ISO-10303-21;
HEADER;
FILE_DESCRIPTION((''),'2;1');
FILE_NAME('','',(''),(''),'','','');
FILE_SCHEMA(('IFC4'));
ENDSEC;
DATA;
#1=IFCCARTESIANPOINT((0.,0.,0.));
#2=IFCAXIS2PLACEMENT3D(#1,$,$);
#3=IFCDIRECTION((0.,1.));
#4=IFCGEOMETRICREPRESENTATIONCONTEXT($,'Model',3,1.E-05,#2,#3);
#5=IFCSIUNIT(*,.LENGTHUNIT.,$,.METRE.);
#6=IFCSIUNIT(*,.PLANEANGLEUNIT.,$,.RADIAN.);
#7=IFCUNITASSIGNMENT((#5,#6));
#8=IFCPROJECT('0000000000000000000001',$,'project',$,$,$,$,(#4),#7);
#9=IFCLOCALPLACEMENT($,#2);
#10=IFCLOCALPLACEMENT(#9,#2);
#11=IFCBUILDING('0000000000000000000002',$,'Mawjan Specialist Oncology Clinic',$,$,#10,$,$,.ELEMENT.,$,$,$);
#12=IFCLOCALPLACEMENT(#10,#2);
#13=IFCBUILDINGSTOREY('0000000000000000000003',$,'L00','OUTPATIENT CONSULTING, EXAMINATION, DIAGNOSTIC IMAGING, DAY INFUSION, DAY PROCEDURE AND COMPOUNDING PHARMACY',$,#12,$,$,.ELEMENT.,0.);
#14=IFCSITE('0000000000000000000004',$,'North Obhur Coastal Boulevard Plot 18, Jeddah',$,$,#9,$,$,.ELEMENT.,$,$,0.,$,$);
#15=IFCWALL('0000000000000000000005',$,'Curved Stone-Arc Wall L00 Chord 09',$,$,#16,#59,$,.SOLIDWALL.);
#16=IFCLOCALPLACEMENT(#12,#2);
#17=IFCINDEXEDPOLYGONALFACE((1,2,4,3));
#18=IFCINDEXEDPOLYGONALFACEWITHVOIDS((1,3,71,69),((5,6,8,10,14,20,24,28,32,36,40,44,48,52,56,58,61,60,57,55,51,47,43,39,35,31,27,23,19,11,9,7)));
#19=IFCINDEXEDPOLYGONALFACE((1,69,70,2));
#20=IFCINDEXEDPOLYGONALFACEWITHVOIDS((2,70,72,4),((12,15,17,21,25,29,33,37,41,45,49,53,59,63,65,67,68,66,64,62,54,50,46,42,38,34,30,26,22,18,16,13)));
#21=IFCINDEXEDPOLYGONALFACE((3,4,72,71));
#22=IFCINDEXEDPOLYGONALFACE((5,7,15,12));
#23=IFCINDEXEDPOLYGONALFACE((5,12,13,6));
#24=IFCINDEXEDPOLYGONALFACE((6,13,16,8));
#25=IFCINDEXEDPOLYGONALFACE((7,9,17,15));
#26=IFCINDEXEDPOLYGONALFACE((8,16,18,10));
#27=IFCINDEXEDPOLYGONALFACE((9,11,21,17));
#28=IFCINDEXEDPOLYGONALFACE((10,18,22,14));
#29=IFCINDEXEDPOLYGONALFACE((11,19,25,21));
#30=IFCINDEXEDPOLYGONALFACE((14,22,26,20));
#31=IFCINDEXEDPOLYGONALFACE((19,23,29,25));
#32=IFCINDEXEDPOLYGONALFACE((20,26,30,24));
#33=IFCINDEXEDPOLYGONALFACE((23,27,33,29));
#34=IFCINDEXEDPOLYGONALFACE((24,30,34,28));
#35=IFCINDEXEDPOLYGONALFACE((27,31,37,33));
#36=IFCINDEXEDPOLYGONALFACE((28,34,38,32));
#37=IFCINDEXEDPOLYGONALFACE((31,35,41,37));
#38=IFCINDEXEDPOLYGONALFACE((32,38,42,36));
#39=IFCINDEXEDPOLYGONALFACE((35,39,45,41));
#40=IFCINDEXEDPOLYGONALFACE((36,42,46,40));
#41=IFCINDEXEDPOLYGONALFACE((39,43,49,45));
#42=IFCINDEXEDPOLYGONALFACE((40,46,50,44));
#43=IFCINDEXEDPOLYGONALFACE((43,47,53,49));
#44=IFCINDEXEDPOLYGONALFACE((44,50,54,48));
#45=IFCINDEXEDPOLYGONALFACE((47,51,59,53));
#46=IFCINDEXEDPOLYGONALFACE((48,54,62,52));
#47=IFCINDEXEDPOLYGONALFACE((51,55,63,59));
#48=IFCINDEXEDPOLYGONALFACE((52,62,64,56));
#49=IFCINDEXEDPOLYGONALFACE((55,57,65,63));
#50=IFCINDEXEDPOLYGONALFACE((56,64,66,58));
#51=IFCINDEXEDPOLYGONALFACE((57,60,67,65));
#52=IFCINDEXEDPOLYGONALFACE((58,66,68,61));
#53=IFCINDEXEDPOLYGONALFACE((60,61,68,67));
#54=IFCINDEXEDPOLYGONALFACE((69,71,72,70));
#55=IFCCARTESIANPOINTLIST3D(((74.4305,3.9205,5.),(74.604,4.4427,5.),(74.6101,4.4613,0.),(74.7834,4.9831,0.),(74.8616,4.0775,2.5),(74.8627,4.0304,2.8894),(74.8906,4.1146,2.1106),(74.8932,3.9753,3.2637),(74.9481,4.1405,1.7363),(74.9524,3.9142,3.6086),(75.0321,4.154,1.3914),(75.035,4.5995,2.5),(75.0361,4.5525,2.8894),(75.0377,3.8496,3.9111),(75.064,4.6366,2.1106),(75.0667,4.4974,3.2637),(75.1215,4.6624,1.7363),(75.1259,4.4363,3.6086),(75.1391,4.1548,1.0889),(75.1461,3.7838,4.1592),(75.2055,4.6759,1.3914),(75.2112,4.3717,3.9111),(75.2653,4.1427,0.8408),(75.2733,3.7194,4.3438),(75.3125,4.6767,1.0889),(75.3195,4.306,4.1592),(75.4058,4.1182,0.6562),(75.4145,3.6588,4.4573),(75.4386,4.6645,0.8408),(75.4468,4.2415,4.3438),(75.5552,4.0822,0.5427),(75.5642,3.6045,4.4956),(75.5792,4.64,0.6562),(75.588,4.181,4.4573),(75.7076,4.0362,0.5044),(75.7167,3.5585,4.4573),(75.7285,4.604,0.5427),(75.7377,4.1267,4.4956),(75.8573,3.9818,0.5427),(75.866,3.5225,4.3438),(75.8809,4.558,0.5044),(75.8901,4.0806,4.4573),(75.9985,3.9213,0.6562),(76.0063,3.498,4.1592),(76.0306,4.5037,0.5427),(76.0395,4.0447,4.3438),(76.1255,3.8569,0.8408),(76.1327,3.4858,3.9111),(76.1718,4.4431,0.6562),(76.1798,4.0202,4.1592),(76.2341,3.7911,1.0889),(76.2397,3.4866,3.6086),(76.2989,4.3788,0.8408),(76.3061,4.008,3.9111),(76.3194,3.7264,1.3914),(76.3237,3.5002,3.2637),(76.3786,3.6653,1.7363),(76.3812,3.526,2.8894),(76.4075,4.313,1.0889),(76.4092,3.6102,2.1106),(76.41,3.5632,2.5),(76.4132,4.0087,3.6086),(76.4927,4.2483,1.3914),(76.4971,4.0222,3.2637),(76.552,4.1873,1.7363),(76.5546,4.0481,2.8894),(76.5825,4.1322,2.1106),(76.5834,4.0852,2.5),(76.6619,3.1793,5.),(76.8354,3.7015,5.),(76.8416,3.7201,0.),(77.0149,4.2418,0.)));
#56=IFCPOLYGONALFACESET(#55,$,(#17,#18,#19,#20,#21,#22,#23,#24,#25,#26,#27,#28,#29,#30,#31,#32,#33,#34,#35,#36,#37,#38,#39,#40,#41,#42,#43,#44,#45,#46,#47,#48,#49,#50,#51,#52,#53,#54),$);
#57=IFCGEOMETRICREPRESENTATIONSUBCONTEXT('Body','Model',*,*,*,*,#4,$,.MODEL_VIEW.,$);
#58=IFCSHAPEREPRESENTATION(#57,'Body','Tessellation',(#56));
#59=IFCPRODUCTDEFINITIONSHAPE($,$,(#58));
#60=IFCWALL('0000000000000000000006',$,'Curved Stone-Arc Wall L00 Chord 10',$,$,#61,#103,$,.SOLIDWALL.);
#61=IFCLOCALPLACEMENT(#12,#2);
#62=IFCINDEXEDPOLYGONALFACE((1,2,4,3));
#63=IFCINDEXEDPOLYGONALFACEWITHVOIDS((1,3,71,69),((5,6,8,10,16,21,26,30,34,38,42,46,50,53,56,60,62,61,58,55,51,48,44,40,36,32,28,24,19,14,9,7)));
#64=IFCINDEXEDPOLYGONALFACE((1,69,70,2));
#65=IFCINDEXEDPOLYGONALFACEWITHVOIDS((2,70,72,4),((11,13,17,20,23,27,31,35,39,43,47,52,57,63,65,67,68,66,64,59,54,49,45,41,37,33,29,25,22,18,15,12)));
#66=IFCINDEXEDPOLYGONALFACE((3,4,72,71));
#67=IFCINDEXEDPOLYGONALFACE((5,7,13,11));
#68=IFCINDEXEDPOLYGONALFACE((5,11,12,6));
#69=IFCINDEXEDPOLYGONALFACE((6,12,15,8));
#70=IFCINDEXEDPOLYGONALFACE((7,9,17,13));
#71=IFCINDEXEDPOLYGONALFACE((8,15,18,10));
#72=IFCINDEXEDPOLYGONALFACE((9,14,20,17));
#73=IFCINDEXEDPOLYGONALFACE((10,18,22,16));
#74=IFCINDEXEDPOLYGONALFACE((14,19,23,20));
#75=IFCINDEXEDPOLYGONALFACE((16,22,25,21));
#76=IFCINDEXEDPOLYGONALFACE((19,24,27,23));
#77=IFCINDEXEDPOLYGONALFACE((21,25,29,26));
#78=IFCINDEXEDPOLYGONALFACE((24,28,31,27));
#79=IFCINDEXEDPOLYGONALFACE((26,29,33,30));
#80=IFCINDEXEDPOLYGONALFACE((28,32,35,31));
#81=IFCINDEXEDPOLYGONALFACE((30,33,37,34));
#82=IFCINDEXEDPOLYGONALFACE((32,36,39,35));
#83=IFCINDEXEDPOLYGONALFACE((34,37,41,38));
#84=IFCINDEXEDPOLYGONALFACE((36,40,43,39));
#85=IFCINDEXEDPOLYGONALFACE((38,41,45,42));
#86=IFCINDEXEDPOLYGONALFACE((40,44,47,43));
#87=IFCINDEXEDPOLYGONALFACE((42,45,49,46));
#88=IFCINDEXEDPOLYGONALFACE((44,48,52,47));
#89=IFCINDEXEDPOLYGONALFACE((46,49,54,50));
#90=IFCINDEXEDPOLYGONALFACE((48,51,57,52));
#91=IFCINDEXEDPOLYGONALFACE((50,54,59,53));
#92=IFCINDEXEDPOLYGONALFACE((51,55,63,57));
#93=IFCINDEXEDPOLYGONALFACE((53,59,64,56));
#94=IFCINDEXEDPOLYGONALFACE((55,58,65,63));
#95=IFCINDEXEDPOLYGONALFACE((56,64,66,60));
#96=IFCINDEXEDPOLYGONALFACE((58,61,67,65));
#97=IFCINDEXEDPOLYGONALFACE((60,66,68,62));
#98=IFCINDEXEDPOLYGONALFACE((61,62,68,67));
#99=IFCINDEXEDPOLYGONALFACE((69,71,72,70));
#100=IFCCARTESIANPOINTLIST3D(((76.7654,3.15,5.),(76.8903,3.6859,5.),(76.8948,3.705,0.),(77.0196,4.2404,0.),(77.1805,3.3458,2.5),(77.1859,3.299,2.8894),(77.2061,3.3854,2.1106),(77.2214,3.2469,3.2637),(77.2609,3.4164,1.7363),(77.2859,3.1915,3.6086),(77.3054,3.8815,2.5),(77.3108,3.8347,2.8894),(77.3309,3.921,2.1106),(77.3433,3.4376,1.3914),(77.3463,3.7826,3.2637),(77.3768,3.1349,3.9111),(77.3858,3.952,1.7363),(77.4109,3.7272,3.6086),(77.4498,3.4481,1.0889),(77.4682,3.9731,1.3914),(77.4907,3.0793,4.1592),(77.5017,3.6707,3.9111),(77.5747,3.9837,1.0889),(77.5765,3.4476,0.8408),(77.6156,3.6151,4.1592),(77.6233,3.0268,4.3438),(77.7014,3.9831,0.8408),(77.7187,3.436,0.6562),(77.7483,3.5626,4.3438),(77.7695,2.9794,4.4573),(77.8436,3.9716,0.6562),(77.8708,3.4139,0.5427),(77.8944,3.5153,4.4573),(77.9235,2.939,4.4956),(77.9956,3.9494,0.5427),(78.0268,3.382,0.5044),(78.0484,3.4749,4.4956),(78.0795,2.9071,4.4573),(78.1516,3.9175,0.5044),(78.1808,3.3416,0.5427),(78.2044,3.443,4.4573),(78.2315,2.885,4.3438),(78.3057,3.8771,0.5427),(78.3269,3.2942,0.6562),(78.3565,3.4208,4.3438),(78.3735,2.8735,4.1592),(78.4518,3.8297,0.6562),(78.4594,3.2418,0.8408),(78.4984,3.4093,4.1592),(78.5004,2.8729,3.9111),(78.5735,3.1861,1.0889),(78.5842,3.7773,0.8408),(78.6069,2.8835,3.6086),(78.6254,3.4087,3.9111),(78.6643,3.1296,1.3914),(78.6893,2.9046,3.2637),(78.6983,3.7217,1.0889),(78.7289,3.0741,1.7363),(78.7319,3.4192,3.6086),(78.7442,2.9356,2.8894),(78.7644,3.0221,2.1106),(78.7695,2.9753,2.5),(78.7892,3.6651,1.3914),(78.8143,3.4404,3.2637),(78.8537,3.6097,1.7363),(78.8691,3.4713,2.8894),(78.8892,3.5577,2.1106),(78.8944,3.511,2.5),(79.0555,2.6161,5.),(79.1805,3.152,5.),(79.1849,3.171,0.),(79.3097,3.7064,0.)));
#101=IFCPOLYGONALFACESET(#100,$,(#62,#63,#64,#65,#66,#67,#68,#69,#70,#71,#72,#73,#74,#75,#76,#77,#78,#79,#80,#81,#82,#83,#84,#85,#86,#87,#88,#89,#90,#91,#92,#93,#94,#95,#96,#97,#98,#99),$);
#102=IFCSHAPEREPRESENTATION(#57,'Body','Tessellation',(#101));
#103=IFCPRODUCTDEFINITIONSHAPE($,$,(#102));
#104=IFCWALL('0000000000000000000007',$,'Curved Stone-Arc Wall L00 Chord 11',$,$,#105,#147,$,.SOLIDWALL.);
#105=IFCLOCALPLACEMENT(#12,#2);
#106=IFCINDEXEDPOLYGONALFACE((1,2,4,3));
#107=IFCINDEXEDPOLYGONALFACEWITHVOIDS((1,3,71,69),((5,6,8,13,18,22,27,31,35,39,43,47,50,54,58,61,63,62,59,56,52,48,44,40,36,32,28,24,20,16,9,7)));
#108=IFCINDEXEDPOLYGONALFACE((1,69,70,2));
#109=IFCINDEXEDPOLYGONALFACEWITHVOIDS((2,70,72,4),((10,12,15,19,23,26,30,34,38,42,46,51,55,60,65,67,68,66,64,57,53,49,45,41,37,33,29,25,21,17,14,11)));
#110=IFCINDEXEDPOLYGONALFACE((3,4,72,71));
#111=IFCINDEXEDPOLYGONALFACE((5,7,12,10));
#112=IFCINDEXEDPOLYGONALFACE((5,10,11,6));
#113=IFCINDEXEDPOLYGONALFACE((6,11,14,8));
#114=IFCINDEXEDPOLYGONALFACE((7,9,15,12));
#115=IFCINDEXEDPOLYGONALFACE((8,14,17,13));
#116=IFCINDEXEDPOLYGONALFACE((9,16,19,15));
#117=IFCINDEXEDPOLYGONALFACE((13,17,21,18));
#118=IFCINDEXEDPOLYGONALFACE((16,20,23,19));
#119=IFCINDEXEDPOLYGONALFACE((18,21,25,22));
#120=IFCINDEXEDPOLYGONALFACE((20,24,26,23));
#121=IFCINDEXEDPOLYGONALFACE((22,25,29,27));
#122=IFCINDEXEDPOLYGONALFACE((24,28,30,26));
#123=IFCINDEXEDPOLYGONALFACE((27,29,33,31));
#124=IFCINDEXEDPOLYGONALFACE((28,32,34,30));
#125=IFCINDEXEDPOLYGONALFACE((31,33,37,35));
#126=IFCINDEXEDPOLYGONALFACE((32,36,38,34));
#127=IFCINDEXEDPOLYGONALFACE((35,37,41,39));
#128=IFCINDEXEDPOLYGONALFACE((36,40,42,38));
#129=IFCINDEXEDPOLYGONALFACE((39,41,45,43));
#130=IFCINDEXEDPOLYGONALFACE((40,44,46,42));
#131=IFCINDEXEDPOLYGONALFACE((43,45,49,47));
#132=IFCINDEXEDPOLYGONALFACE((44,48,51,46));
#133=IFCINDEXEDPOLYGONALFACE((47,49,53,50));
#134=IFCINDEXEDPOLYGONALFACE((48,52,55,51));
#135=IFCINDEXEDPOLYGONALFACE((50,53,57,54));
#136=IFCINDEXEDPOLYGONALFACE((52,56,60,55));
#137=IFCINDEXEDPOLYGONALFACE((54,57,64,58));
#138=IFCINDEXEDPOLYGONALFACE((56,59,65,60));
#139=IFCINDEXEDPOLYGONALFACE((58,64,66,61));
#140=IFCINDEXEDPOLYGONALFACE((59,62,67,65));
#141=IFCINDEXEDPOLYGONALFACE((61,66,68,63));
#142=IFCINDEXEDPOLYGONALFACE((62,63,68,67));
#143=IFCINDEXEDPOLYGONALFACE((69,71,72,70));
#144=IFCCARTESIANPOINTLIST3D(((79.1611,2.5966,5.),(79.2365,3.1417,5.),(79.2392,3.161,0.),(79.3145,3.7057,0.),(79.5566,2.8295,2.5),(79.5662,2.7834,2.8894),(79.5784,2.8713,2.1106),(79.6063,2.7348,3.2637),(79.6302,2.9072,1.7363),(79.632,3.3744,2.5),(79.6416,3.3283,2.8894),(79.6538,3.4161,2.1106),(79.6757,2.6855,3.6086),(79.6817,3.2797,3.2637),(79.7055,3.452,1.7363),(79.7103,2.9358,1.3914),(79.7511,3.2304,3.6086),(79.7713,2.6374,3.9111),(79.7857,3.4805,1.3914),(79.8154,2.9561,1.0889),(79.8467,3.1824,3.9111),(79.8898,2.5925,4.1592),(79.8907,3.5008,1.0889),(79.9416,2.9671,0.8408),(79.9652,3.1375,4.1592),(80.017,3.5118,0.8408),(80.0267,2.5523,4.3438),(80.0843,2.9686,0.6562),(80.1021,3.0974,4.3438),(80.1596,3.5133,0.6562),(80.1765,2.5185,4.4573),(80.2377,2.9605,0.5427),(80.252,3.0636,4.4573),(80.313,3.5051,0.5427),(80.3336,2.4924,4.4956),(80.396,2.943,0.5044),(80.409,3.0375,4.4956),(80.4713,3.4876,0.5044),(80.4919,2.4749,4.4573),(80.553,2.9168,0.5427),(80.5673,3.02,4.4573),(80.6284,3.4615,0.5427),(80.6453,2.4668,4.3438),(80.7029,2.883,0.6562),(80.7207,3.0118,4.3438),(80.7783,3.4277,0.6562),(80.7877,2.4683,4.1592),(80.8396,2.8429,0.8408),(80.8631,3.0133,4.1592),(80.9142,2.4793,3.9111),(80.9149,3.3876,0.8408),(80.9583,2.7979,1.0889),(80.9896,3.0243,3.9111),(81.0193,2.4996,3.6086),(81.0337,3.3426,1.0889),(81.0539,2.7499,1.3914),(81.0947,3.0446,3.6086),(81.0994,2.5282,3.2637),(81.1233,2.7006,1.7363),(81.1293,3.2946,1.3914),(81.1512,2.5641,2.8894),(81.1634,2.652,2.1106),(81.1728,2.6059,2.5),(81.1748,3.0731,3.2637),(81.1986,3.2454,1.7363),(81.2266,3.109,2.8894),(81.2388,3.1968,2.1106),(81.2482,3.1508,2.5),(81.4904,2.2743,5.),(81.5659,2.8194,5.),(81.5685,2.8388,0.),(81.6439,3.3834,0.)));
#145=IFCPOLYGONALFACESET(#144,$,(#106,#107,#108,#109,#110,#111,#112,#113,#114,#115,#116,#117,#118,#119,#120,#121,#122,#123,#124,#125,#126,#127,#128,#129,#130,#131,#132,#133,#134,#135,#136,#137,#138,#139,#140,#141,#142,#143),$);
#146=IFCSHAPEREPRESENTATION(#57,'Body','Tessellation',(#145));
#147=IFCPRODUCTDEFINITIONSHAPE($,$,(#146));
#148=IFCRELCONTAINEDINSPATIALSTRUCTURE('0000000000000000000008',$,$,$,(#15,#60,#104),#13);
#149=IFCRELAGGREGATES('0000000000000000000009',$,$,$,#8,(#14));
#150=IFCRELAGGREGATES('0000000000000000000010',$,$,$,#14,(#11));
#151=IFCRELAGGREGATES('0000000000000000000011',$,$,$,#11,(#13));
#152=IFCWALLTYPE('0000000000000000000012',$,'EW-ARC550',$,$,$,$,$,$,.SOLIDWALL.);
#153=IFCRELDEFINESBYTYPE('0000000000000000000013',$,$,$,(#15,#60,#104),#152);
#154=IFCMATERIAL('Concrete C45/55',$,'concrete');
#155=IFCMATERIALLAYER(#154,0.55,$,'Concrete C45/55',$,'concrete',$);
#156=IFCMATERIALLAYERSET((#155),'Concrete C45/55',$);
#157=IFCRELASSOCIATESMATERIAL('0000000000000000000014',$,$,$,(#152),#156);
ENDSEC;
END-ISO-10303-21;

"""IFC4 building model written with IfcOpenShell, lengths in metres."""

from ifc_helpers import new_model, si_unit, direction, frame, origin, place, context, subcontext, project, spatial, polyline, outline, extrude, material, layer, layer_set, type_object, element, save


model = new_model("IFC4")

# Units and contexts
model_context = context("Model", 3, precision=1e-05, world=origin(), true_north=direction((0.0, 1.0)))
body_context = subcontext(model_context, "Body", "Model", "MODEL_VIEW")
ifc_project = project(units=[si_unit("LENGTHUNIT", "METRE"), si_unit("PLANEANGLEUNIT", "RADIAN")], contexts=[model_context])

# Site, building, storey
site_placement = place(None, origin())
site = spatial("IfcSite", under=ifc_project, at=site_placement, Name="North Obhur Coastal Boulevard Plot 18, Jeddah", CompositionType="ELEMENT", RefElevation=0.0)
building_placement = place(site_placement, origin())
building = spatial("IfcBuilding", under=site, at=building_placement, Name="Mawjan Specialist Oncology Clinic", CompositionType="ELEMENT")
storey_placement = place(building_placement, origin())
storey = spatial("IfcBuildingStorey", under=building, at=storey_placement, Name="L00", Description="OUTPATIENT CONSULTING, EXAMINATION, DIAGNOSTIC IMAGING, DAY INFUSION, DAY PROCEDURE AND COMPOUNDING PHARMACY", CompositionType="ELEMENT", Elevation=0.0)

# Walls, openings
ifc_material_1 = material(Name="Concrete C45/55", Category="concrete")
ifc_layer = layer(ifc_material_1, 0.55, Name="Concrete C45/55", Category="concrete")
ifc_layer_set = layer_set([ifc_layer], Name="Concrete C45/55")
wall_type = type_object("IfcWallType", Name="EW-ARC550", PredefinedType="SOLIDWALL", material=ifc_layer_set)
wall_1_placement = place(storey_placement, frame((76.9282, 3.981, 0.0), z_axis=(0.0, 0.0, 1.0), x_axis=(-0.949015, 0.315231, 0.0)))
wall_1 = element("IfcWall", 1, at=wall_1_placement, inside=storey, type_object=wall_type, Name="Curved Stone-Arc Wall L00 Chord 09", PredefinedType="SOLIDWALL", context=body_context, shape_type="SweptSolid", body=[
    extrude(outline(polyline([(-0.2749, 0.0), (0.2749, 0.0), (0.8447, 5.0), (0.2944, 5.0), (-0.2749, 0.0)])), frame((0.0, 0.0, 0.0), z_axis=(1.0, 0.0, 0.0), x_axis=(0.0, 1.0, 0.0)), (0.0, 0.0, 1.0), 2.3513),
])
opening_1_placement = place(wall_1_placement, origin())
element("IfcOpeningElement", 2, at=opening_1_placement, cuts=wall_1, PredefinedType="OPENING", context=body_context, shape_type="SweptSolid", body=[
    extrude(outline(polyline([(1.9917, 2.5), (1.9758, 2.8894), (1.9294, 3.2637), (1.854, 3.6086), (1.7527, 3.9111), (1.6292, 4.1592), (1.488, 4.3438), (1.335, 4.4573), (1.1758, 4.4956), (1.0166, 4.4573), (0.8635, 4.3438), (0.7227, 4.1592), (0.5989, 3.9111), (0.4976, 3.6086), (0.4221, 3.2637), (0.3757, 2.8894), (0.3601, 2.5), (0.3757, 2.1106), (0.4221, 1.7363), (0.4976, 1.3914), (0.5989, 1.0889), (0.7227, 0.8408), (0.8635, 0.6562), (1.0166, 0.5427), (1.1758, 0.5044), (1.335, 0.5427), (1.488, 0.6562), (1.6292, 0.8408), (1.7527, 1.0889), (1.854, 1.3914), (1.9294, 1.7363), (1.9758, 2.1106), (1.9917, 2.5)])), frame((0.0, 0.8645, 0.0), z_axis=(0.0, -1.0, 0.0), x_axis=(1.0, 0.0, 0.0)), (0.0, 0.0, 1.0), 1.1597),
])
wall_2_placement = place(storey_placement, frame((79.2473, 3.4387, 0.0), z_axis=(0.0, 0.0, 1.0), x_axis=(-0.973879, 0.227066, 0.0)))
wall_2 = element("IfcWall", 3, at=wall_2_placement, inside=storey, type_object=wall_type, Name="Curved Stone-Arc Wall L00 Chord 10", PredefinedType="SOLIDWALL", context=body_context, shape_type="SweptSolid", body=[
    extrude(outline(polyline([(-0.2749, 0.0), (0.2749, 0.0), (0.8447, 5.0), (0.2944, 5.0), (-0.2749, 0.0)])), frame((0.0, 0.0, 0.0), z_axis=(1.0, 0.0, 0.0), x_axis=(0.0, 1.0, 0.0)), (0.0, 0.0, 1.0), 2.3516),
])
opening_2_placement = place(wall_2_placement, origin())
element("IfcOpeningElement", 4, at=opening_2_placement, cuts=wall_2, PredefinedType="OPENING", context=body_context, shape_type="SweptSolid", body=[
    extrude(outline(polyline([(1.9917, 2.5), (1.9758, 2.8894), (1.9294, 3.2637), (1.854, 3.6086), (1.7527, 3.9111), (1.6292, 4.1592), (1.488, 4.3438), (1.335, 4.4573), (1.1758, 4.4956), (1.0166, 4.4573), (0.8635, 4.3438), (0.7227, 4.1592), (0.5989, 3.9111), (0.4976, 3.6086), (0.4221, 3.2637), (0.3757, 2.8894), (0.3601, 2.5), (0.3757, 2.1106), (0.4221, 1.7363), (0.4976, 1.3914), (0.5989, 1.0889), (0.7227, 0.8408), (0.8635, 0.6562), (1.0166, 0.5427), (1.1758, 0.5044), (1.335, 0.5427), (1.488, 0.6562), (1.6292, 0.8408), (1.7527, 1.0889), (1.854, 1.3914), (1.9294, 1.7363), (1.9758, 2.1106), (1.9917, 2.5)])), frame((0.0, 0.8645, 0.0), z_axis=(0.0, -1.0, 0.0), x_axis=(1.0, 0.0, 0.0)), (0.0, 0.0, 1.0), 1.1597),
])
wall_3_placement = place(storey_placement, frame((81.6062, 3.1111, 0.0), z_axis=(0.0, 0.0, 1.0), x_axis=(-0.990565, 0.137045, 0.0)))
wall_3 = element("IfcWall", 5, at=wall_3_placement, inside=storey, type_object=wall_type, Name="Curved Stone-Arc Wall L00 Chord 11", PredefinedType="SOLIDWALL", context=body_context, shape_type="SweptSolid", body=[
    extrude(outline(polyline([(-0.2749, 0.0), (0.2749, 0.0), (0.8447, 5.0), (0.2944, 5.0), (-0.2749, 0.0)])), frame((0.0, 0.0, 0.0), z_axis=(1.0, 0.0, 0.0), x_axis=(0.0, 1.0, 0.0)), (0.0, 0.0, 1.0), 2.3516),
])
opening_3_placement = place(wall_3_placement, origin())
element("IfcOpeningElement", 6, at=opening_3_placement, cuts=wall_3, PredefinedType="OPENING", context=body_context, shape_type="SweptSolid", body=[
    extrude(outline(polyline([(1.9917, 2.5), (1.9758, 2.8894), (1.9294, 3.2637), (1.854, 3.6086), (1.7527, 3.9111), (1.6292, 4.1592), (1.488, 4.3438), (1.335, 4.4573), (1.1758, 4.4956), (1.0166, 4.4573), (0.8635, 4.3438), (0.7227, 4.1592), (0.5989, 3.9111), (0.4976, 3.6086), (0.4221, 3.2637), (0.3757, 2.8894), (0.3601, 2.5), (0.3757, 2.1106), (0.4221, 1.7363), (0.4976, 1.3914), (0.5989, 1.0889), (0.7227, 0.8408), (0.8635, 0.6562), (1.0166, 0.5427), (1.1758, 0.5044), (1.335, 0.5427), (1.488, 0.6562), (1.6292, 0.8408), (1.7527, 1.0889), (1.854, 1.3914), (1.9294, 1.7363), (1.9758, 2.1106), (1.9917, 2.5)])), frame((0.0, 0.8645, 0.0), z_axis=(0.0, -1.0, 0.0), x_axis=(1.0, 0.0, 0.0)), (0.0, 0.0, 1.0), 1.1597),
])

save(model, "model.ifc")
